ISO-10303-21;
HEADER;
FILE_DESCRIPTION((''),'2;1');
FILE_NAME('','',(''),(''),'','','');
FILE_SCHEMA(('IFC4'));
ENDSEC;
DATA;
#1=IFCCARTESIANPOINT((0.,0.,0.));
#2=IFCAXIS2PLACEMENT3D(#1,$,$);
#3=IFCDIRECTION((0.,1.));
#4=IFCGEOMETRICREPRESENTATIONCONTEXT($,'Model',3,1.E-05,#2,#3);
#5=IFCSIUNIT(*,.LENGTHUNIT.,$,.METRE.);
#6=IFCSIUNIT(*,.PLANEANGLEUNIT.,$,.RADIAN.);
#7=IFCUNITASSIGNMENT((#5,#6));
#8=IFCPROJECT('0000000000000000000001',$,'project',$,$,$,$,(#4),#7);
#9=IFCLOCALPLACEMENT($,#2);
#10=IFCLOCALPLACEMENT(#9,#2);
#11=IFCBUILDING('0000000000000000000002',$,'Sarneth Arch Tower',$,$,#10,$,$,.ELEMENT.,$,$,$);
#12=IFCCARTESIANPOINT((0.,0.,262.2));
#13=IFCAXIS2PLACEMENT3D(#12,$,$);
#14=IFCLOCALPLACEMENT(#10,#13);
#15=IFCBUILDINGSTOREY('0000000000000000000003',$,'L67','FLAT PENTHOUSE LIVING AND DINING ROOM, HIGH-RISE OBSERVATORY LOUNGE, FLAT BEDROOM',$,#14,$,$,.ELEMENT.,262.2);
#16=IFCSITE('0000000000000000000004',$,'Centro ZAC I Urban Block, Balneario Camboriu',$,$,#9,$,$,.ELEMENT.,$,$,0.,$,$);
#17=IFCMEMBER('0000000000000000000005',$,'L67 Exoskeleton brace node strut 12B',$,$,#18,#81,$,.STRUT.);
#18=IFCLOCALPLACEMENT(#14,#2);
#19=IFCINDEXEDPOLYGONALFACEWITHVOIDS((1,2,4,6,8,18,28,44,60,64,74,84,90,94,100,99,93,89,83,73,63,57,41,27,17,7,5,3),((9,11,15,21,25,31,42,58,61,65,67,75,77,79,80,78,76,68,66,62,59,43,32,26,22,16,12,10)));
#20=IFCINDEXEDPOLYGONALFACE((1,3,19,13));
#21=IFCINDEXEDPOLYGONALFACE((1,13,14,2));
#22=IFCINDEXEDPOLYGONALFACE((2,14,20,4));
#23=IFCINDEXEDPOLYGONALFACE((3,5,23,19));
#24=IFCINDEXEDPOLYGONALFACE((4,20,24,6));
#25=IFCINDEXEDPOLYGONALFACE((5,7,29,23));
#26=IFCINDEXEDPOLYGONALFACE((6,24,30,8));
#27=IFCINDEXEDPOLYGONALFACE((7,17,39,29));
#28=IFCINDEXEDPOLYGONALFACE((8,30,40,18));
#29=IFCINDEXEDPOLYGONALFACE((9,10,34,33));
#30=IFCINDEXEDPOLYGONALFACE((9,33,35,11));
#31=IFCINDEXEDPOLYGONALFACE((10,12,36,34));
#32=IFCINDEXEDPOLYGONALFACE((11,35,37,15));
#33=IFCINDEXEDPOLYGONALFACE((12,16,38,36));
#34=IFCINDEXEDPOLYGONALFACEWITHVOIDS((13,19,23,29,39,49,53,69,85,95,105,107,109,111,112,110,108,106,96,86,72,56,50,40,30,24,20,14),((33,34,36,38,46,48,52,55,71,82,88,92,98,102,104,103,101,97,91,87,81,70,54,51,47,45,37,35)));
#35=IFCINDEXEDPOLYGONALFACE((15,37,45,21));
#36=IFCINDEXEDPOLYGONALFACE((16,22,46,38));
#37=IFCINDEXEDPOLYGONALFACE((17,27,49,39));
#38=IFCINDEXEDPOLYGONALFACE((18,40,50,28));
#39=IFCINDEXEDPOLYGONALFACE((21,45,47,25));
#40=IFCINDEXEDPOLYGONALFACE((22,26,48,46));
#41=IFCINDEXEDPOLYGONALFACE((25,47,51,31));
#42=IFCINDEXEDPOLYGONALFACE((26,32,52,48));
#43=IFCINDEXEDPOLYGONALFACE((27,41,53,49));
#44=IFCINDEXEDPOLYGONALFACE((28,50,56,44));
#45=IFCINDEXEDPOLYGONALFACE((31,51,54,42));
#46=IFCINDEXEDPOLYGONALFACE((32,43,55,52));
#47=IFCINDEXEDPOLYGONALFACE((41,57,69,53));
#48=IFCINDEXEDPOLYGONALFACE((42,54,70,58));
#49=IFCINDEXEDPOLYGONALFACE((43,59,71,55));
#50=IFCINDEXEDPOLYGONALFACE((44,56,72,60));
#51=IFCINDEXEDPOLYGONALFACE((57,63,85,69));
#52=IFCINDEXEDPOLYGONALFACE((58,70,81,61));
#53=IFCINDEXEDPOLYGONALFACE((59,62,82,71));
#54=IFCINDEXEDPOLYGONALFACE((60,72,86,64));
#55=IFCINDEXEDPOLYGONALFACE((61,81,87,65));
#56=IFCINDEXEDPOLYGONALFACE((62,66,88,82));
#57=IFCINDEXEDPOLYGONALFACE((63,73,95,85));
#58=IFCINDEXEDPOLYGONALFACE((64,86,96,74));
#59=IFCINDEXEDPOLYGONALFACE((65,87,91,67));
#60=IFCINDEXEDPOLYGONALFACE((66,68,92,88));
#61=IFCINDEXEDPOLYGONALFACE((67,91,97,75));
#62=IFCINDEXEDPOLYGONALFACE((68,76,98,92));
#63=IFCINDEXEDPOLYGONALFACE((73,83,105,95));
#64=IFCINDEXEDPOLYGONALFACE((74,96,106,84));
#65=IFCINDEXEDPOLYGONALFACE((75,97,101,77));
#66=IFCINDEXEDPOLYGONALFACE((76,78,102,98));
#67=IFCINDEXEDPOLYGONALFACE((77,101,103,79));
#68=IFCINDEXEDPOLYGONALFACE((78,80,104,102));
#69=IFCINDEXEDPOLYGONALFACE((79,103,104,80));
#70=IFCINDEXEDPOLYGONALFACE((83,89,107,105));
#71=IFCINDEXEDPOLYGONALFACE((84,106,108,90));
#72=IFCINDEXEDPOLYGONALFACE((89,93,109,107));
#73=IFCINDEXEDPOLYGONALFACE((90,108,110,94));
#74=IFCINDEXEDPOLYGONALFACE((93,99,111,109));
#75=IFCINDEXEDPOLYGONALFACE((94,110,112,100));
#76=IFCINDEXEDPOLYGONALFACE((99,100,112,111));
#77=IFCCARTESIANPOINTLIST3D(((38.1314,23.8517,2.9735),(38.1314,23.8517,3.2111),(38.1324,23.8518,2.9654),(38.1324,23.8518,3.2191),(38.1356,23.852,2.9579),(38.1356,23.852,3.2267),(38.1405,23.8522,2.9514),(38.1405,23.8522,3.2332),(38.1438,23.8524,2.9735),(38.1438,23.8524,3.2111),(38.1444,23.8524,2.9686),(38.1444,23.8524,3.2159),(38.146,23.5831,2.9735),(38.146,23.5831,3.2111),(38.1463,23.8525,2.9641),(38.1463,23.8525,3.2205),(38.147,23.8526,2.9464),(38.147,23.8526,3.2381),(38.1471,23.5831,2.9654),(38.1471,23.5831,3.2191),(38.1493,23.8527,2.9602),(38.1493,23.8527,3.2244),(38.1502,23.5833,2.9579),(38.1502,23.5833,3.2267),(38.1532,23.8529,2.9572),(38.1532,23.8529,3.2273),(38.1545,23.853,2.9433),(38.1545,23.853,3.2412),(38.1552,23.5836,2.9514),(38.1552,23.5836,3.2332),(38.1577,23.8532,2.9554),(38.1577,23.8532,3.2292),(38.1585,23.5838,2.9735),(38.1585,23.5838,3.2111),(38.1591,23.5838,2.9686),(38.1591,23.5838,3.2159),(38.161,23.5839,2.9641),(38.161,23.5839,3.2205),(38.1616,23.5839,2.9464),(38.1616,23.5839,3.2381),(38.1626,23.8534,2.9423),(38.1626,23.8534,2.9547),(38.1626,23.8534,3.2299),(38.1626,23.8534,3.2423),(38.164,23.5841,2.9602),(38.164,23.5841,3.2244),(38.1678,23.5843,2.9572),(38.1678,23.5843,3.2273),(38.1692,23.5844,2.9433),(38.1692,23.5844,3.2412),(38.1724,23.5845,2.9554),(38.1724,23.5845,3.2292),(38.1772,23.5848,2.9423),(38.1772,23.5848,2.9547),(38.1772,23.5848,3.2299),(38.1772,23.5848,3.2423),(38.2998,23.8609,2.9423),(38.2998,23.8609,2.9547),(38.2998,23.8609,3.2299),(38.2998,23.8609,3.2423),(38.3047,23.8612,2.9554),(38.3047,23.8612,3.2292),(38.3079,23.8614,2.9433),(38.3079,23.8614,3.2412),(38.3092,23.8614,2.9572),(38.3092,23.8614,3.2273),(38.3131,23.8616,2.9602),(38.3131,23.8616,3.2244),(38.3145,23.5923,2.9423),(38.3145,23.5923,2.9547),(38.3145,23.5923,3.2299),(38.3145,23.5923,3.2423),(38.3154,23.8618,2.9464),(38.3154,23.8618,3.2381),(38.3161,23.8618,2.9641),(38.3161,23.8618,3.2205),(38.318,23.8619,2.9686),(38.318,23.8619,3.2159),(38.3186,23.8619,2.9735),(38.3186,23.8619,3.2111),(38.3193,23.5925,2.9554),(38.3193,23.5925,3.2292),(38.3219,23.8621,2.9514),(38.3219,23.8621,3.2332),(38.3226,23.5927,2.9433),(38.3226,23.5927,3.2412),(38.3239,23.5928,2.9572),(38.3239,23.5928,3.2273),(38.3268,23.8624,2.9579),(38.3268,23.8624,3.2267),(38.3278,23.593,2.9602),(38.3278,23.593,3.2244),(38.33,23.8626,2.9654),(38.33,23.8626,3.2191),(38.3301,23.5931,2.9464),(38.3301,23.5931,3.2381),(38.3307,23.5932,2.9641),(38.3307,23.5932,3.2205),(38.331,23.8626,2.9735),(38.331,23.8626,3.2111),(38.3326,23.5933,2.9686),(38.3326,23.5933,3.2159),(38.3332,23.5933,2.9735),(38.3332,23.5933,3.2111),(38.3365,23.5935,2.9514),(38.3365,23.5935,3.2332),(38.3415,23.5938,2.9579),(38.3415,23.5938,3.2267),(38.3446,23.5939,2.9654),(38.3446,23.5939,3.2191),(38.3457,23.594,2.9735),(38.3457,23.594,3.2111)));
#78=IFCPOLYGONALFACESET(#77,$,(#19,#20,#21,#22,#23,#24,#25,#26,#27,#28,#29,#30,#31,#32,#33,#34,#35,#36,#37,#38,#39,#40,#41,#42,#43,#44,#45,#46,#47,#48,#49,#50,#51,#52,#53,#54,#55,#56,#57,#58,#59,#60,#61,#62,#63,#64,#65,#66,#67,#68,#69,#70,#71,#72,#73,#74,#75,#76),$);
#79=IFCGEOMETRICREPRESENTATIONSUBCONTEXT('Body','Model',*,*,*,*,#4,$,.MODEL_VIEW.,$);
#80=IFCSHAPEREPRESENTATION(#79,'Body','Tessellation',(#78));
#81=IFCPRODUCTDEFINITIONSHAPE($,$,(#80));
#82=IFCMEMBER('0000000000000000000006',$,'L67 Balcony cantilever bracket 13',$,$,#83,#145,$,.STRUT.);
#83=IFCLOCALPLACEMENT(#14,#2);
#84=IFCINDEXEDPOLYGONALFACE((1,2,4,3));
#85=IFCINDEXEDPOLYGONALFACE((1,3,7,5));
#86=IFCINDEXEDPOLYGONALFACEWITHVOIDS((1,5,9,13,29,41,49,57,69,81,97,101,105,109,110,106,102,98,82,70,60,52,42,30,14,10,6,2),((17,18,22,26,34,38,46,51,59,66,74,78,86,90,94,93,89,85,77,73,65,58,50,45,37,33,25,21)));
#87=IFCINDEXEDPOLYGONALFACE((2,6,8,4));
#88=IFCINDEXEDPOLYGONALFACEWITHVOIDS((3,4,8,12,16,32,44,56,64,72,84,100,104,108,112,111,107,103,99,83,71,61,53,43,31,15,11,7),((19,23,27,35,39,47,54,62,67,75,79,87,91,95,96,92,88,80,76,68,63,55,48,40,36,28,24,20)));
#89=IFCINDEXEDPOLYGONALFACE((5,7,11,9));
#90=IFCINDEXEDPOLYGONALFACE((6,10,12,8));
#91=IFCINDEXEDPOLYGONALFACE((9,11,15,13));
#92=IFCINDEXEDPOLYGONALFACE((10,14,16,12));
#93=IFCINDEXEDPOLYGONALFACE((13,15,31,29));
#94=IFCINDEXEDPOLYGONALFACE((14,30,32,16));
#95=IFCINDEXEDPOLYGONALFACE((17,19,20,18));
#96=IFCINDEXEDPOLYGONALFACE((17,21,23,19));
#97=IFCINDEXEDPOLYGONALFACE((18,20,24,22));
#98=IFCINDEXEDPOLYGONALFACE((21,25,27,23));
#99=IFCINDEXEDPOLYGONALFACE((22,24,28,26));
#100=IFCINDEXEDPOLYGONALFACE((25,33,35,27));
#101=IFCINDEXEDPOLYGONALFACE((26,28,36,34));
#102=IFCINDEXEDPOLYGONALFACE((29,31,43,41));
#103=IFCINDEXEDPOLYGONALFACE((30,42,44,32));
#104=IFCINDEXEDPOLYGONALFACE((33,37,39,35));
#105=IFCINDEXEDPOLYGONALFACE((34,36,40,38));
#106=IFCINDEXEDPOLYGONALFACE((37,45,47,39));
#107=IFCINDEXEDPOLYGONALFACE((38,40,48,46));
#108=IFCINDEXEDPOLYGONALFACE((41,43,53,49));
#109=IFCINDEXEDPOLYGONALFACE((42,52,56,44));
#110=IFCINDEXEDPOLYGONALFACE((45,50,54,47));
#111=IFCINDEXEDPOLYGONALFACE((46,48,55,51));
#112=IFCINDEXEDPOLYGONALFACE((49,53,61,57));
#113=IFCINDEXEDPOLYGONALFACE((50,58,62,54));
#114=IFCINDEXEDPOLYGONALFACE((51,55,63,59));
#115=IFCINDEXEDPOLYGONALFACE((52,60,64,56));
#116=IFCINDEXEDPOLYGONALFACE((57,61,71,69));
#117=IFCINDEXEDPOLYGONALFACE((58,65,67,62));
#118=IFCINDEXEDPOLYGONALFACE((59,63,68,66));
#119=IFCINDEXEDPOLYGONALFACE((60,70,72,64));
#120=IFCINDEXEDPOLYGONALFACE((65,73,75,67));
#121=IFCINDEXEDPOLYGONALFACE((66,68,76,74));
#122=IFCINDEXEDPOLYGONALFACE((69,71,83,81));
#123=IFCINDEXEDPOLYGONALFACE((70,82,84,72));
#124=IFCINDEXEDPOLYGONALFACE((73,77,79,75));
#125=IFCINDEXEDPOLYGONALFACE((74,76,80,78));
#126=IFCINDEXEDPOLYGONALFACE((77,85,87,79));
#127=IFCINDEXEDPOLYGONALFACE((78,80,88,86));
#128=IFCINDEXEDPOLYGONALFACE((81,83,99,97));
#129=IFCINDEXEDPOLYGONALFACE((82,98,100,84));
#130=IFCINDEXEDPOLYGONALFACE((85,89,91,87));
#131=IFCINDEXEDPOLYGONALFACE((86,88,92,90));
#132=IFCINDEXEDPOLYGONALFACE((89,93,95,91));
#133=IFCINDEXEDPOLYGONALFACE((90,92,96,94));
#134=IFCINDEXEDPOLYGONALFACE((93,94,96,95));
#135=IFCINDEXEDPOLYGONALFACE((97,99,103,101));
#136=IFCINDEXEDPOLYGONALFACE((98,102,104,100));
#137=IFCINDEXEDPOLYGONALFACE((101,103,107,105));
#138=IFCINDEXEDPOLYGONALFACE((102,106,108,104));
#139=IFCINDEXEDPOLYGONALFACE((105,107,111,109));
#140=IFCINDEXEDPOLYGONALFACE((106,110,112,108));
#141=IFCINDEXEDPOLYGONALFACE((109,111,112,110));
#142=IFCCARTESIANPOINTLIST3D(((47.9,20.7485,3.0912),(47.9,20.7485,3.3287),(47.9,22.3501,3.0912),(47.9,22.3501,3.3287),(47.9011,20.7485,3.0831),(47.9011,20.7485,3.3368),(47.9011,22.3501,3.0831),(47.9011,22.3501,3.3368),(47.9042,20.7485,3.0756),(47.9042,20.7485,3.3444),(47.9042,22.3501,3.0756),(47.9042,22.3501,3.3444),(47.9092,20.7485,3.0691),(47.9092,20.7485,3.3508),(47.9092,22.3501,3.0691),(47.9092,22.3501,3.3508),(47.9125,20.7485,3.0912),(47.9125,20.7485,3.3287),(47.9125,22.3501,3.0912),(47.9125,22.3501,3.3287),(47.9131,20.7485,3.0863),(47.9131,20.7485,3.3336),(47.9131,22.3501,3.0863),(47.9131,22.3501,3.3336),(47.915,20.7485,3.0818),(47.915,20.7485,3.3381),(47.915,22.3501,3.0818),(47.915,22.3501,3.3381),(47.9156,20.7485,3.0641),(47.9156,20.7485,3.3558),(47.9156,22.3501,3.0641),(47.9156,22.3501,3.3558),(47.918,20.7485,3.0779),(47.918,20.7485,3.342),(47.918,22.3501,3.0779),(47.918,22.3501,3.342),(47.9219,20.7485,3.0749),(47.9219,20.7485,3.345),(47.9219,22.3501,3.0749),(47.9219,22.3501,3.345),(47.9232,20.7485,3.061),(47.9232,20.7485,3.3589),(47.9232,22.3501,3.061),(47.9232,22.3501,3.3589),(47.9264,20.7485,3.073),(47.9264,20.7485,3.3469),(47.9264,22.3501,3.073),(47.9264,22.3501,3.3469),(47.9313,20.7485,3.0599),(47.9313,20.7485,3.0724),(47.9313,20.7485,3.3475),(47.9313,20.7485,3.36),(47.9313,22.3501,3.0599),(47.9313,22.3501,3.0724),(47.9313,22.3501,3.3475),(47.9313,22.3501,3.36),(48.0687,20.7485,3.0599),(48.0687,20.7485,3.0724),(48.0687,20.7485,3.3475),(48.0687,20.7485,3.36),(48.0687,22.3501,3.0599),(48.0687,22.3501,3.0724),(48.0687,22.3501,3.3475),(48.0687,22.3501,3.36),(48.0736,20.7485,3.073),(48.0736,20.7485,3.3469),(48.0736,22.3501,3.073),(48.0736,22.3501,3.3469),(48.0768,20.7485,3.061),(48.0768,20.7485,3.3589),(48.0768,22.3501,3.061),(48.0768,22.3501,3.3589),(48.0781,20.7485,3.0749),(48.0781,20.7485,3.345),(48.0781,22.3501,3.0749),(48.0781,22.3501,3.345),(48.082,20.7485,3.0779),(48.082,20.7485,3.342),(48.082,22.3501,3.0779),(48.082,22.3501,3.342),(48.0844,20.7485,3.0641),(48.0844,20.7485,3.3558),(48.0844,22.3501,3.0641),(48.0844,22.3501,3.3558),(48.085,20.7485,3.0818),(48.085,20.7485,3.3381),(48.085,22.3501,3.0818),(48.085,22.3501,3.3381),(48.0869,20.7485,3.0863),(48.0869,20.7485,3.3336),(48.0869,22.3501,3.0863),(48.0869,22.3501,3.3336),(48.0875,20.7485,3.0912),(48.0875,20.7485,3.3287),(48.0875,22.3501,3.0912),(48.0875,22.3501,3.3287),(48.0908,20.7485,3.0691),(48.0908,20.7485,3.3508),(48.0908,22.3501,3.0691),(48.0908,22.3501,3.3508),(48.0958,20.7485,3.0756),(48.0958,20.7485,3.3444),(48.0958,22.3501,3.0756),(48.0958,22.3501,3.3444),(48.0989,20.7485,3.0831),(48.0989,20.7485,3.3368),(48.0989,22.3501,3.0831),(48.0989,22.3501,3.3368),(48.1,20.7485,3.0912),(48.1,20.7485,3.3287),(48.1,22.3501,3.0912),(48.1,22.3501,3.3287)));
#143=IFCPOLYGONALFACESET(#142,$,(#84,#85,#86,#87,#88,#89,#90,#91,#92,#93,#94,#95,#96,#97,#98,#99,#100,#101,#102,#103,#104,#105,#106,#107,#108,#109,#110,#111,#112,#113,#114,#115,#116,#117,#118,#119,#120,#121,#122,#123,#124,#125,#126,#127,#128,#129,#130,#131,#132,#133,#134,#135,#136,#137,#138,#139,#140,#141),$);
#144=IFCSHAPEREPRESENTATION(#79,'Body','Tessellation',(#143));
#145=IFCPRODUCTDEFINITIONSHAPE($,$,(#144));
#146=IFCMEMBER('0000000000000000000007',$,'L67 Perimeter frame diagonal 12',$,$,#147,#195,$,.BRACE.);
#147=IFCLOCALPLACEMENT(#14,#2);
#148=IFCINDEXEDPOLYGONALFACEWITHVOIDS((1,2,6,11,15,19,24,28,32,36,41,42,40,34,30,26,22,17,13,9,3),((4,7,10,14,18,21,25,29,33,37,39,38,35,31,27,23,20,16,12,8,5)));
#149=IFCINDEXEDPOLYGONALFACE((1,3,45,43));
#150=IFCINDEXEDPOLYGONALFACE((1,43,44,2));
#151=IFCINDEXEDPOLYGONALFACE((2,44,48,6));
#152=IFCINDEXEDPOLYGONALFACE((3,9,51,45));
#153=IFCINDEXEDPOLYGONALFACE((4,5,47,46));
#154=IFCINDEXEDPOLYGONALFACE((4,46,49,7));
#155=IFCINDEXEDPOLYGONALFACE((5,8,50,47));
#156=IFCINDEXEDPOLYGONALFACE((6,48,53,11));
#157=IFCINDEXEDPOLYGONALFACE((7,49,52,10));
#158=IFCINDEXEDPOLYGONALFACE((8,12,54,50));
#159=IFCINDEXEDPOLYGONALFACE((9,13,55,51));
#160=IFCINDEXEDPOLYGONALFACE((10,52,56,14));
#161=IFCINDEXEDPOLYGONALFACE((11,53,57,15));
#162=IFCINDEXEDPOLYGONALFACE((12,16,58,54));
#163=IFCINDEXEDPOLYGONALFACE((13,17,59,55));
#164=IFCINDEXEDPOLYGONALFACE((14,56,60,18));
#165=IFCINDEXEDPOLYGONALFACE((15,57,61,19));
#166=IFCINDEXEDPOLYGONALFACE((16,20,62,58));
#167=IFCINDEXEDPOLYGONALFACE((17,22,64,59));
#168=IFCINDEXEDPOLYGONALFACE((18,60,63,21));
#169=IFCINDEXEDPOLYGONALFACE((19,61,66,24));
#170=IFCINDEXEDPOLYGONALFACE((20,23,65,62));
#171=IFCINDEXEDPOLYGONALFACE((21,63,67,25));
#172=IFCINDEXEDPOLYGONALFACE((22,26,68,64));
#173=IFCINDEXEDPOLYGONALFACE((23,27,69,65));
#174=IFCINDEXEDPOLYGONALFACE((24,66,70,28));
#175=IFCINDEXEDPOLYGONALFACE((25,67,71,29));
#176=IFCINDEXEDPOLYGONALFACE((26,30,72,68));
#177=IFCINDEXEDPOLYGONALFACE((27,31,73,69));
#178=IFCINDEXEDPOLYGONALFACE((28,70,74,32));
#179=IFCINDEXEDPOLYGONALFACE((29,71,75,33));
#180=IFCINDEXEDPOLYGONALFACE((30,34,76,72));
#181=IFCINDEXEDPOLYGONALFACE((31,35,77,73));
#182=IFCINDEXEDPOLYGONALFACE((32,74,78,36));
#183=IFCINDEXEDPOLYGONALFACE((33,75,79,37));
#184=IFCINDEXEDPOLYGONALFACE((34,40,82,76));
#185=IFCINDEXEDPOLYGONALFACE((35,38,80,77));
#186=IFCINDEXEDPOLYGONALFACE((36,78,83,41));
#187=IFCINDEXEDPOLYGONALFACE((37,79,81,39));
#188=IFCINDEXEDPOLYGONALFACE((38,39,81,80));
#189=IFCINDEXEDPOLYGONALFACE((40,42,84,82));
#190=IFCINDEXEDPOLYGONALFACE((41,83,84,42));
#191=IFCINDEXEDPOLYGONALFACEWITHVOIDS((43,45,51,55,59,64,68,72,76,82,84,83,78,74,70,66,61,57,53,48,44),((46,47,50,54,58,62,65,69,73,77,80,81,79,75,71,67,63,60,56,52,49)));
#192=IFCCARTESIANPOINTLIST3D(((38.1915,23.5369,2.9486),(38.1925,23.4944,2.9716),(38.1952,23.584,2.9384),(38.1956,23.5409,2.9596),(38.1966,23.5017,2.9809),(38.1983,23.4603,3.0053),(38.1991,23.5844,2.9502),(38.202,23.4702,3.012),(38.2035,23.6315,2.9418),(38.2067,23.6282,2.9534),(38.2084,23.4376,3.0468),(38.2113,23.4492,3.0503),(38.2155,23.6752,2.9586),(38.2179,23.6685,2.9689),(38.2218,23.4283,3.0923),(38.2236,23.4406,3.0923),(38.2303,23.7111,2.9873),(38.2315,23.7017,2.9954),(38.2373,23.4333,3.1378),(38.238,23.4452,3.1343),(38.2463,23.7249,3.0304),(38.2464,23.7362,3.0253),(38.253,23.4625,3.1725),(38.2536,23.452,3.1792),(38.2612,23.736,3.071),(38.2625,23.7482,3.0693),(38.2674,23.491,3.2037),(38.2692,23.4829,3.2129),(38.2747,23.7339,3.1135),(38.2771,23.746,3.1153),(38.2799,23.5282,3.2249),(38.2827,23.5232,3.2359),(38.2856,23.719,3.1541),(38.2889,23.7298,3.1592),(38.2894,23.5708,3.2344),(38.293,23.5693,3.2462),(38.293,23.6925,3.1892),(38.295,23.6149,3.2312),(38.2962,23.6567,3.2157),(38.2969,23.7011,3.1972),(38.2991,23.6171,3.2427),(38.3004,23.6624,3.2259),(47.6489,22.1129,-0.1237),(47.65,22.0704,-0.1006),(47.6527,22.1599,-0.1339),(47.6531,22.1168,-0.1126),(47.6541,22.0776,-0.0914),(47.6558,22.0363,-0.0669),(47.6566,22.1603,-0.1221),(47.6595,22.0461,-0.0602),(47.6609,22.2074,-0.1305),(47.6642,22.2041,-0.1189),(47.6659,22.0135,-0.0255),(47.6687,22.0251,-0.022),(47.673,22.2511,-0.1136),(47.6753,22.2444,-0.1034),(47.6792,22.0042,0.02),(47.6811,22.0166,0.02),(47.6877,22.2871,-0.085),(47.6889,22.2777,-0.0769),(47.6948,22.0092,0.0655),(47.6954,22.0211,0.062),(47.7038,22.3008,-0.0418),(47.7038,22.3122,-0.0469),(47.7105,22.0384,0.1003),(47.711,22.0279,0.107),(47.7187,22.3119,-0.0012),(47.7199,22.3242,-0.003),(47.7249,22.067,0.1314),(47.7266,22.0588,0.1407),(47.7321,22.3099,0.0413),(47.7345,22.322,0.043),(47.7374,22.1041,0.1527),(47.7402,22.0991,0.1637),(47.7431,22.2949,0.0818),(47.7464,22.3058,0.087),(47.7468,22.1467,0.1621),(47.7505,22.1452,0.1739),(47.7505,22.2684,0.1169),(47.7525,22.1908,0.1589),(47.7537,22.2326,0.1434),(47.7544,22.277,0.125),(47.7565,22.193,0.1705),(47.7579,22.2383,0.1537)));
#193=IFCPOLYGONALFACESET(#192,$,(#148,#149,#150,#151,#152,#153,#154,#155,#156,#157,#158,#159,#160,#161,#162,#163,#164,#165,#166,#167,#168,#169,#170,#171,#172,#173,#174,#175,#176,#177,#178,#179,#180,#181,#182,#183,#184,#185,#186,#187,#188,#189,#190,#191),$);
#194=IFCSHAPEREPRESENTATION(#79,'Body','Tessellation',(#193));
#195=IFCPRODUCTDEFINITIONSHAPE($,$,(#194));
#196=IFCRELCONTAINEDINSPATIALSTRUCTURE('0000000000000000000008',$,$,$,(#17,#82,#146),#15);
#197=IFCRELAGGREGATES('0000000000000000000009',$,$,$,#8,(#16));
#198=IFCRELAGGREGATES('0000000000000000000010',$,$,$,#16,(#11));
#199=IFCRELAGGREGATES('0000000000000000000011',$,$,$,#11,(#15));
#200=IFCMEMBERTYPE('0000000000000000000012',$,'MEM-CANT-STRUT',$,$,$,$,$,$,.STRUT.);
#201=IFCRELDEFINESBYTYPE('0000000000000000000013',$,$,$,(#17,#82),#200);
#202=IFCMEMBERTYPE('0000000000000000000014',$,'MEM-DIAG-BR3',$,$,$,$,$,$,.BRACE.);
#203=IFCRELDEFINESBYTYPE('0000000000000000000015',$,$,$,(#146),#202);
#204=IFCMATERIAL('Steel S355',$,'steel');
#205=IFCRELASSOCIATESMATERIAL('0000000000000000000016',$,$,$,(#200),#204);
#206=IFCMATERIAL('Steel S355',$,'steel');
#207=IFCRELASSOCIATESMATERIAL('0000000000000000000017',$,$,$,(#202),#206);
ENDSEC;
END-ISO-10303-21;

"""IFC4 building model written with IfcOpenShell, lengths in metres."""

from ifc_helpers import new_model, si_unit, direction, frame, origin, origin_2d, place, context, subcontext, project, spatial, hollow_rectangle, hollow_circle, extrude, material, material_profile, profile_set, type_object, element, save


model = new_model("IFC4")

# Units and contexts
model_context = context("Model", 3, precision=1e-05, world=origin(), true_north=direction((0.0, 1.0)))
body_context = subcontext(model_context, "Body", "Model", "MODEL_VIEW")
ifc_project = project(units=[si_unit("LENGTHUNIT", "METRE"), si_unit("PLANEANGLEUNIT", "RADIAN")], contexts=[model_context])

# Site, building, storey
site_placement = place(None, origin())
site = spatial("IfcSite", under=ifc_project, at=site_placement, Name="Centro ZAC I Urban Block, Balneario Camboriu", CompositionType="ELEMENT", RefElevation=0.0)
building_placement = place(site_placement, origin())
building = spatial("IfcBuilding", under=site, at=building_placement, Name="Sarneth Arch Tower", CompositionType="ELEMENT")
storey_placement = place(building_placement, frame((0.0, 0.0, 262.2)))
storey = spatial("IfcBuildingStorey", under=building, at=storey_placement, Name="L67", Description="FLAT PENTHOUSE LIVING AND DINING ROOM, HIGH-RISE OBSERVATORY LOUNGE, FLAT BEDROOM", CompositionType="ELEMENT", Elevation=262.2)

# Members
ifc_material_1 = material(Name="Steel S355", Category="steel")
ifc_material_profile_1 = material_profile(ifc_material_1, hollow_rectangle(XDim=0.2, YDim=0.3, WallThickness=0.0125, InnerFilletRadius=0.0188, OuterFilletRadius=0.0312, at=origin_2d()), Name="RHS300x200x12.5")
ifc_profile_set_1 = profile_set([ifc_material_profile_1], Name="Steel S355")
member_type_1 = type_object("IfcMemberType", Name="MEM-CANT-STRUT", PredefinedType="STRUT", material=ifc_profile_set_1)
member_1_placement = place(storey_placement, frame((38.2312, 23.8572, 3.0923), z_axis=(0.054464, -0.998516, 0.0), x_axis=(0.998516, 0.054464, 0.0)))
element("IfcMember", 1, at=member_1_placement, inside=storey, type_object=member_type_1, Name="L67 Exoskeleton brace node strut 12B", PredefinedType="STRUT", context=body_context, shape_type="SweptSolid", body=[
    extrude(hollow_rectangle(XDim=0.2, YDim=0.3, WallThickness=0.0125, InnerFilletRadius=0.0188, OuterFilletRadius=0.0312, at=origin_2d()), origin(), (0.0, 0.0, 1.0), 0.269),
])
member_2_placement = place(storey_placement, frame((48.0, 22.3501, 3.21), z_axis=(0.0, -1.0, 0.0), x_axis=(1.0, 0.0, 0.0)))
element("IfcMember", 2, at=member_2_placement, inside=storey, type_object=member_type_1, Name="L67 Balcony cantilever bracket 13", PredefinedType="STRUT", context=body_context, shape_type="SweptSolid", body=[
    extrude(hollow_rectangle(XDim=0.2, YDim=0.3, WallThickness=0.0125, InnerFilletRadius=0.0188, OuterFilletRadius=0.0312, at=origin_2d()), origin(), (0.0, 0.0, 1.0), 1.6016),
])
ifc_material_2 = material(Name="Steel S355", Category="steel")
ifc_material_profile_2 = material_profile(ifc_material_2, hollow_circle(Radius=0.1621, WallThickness=0.0125, at=origin_2d()), Name="CHS324x12.5")
ifc_profile_set_2 = profile_set([ifc_material_profile_2], Name="Steel S355")
member_type_2 = type_object("IfcMemberType", Name="MEM-DIAG-BR3", PredefinedType="BRACE", material=ifc_profile_set_2)
member_3_placement = place(storey_placement, frame((47.7034, 22.1646, 0.02), z_axis=(-0.941471, 0.141763, 0.305836), x_axis=(-0.148897, -0.988853, 0.0)))
element("IfcMember", 3, at=member_3_placement, inside=storey, type_object=member_type_2, Name="L67 Perimeter frame diagonal 12", PredefinedType="BRACE", context=body_context, shape_type="SweptSolid", body=[
    extrude(hollow_circle(Radius=0.1621, WallThickness=0.0125, at=origin_2d()), origin(), (0.0, 0.0, 1.0), 10.0454),
])

save(model, "model.ifc")
